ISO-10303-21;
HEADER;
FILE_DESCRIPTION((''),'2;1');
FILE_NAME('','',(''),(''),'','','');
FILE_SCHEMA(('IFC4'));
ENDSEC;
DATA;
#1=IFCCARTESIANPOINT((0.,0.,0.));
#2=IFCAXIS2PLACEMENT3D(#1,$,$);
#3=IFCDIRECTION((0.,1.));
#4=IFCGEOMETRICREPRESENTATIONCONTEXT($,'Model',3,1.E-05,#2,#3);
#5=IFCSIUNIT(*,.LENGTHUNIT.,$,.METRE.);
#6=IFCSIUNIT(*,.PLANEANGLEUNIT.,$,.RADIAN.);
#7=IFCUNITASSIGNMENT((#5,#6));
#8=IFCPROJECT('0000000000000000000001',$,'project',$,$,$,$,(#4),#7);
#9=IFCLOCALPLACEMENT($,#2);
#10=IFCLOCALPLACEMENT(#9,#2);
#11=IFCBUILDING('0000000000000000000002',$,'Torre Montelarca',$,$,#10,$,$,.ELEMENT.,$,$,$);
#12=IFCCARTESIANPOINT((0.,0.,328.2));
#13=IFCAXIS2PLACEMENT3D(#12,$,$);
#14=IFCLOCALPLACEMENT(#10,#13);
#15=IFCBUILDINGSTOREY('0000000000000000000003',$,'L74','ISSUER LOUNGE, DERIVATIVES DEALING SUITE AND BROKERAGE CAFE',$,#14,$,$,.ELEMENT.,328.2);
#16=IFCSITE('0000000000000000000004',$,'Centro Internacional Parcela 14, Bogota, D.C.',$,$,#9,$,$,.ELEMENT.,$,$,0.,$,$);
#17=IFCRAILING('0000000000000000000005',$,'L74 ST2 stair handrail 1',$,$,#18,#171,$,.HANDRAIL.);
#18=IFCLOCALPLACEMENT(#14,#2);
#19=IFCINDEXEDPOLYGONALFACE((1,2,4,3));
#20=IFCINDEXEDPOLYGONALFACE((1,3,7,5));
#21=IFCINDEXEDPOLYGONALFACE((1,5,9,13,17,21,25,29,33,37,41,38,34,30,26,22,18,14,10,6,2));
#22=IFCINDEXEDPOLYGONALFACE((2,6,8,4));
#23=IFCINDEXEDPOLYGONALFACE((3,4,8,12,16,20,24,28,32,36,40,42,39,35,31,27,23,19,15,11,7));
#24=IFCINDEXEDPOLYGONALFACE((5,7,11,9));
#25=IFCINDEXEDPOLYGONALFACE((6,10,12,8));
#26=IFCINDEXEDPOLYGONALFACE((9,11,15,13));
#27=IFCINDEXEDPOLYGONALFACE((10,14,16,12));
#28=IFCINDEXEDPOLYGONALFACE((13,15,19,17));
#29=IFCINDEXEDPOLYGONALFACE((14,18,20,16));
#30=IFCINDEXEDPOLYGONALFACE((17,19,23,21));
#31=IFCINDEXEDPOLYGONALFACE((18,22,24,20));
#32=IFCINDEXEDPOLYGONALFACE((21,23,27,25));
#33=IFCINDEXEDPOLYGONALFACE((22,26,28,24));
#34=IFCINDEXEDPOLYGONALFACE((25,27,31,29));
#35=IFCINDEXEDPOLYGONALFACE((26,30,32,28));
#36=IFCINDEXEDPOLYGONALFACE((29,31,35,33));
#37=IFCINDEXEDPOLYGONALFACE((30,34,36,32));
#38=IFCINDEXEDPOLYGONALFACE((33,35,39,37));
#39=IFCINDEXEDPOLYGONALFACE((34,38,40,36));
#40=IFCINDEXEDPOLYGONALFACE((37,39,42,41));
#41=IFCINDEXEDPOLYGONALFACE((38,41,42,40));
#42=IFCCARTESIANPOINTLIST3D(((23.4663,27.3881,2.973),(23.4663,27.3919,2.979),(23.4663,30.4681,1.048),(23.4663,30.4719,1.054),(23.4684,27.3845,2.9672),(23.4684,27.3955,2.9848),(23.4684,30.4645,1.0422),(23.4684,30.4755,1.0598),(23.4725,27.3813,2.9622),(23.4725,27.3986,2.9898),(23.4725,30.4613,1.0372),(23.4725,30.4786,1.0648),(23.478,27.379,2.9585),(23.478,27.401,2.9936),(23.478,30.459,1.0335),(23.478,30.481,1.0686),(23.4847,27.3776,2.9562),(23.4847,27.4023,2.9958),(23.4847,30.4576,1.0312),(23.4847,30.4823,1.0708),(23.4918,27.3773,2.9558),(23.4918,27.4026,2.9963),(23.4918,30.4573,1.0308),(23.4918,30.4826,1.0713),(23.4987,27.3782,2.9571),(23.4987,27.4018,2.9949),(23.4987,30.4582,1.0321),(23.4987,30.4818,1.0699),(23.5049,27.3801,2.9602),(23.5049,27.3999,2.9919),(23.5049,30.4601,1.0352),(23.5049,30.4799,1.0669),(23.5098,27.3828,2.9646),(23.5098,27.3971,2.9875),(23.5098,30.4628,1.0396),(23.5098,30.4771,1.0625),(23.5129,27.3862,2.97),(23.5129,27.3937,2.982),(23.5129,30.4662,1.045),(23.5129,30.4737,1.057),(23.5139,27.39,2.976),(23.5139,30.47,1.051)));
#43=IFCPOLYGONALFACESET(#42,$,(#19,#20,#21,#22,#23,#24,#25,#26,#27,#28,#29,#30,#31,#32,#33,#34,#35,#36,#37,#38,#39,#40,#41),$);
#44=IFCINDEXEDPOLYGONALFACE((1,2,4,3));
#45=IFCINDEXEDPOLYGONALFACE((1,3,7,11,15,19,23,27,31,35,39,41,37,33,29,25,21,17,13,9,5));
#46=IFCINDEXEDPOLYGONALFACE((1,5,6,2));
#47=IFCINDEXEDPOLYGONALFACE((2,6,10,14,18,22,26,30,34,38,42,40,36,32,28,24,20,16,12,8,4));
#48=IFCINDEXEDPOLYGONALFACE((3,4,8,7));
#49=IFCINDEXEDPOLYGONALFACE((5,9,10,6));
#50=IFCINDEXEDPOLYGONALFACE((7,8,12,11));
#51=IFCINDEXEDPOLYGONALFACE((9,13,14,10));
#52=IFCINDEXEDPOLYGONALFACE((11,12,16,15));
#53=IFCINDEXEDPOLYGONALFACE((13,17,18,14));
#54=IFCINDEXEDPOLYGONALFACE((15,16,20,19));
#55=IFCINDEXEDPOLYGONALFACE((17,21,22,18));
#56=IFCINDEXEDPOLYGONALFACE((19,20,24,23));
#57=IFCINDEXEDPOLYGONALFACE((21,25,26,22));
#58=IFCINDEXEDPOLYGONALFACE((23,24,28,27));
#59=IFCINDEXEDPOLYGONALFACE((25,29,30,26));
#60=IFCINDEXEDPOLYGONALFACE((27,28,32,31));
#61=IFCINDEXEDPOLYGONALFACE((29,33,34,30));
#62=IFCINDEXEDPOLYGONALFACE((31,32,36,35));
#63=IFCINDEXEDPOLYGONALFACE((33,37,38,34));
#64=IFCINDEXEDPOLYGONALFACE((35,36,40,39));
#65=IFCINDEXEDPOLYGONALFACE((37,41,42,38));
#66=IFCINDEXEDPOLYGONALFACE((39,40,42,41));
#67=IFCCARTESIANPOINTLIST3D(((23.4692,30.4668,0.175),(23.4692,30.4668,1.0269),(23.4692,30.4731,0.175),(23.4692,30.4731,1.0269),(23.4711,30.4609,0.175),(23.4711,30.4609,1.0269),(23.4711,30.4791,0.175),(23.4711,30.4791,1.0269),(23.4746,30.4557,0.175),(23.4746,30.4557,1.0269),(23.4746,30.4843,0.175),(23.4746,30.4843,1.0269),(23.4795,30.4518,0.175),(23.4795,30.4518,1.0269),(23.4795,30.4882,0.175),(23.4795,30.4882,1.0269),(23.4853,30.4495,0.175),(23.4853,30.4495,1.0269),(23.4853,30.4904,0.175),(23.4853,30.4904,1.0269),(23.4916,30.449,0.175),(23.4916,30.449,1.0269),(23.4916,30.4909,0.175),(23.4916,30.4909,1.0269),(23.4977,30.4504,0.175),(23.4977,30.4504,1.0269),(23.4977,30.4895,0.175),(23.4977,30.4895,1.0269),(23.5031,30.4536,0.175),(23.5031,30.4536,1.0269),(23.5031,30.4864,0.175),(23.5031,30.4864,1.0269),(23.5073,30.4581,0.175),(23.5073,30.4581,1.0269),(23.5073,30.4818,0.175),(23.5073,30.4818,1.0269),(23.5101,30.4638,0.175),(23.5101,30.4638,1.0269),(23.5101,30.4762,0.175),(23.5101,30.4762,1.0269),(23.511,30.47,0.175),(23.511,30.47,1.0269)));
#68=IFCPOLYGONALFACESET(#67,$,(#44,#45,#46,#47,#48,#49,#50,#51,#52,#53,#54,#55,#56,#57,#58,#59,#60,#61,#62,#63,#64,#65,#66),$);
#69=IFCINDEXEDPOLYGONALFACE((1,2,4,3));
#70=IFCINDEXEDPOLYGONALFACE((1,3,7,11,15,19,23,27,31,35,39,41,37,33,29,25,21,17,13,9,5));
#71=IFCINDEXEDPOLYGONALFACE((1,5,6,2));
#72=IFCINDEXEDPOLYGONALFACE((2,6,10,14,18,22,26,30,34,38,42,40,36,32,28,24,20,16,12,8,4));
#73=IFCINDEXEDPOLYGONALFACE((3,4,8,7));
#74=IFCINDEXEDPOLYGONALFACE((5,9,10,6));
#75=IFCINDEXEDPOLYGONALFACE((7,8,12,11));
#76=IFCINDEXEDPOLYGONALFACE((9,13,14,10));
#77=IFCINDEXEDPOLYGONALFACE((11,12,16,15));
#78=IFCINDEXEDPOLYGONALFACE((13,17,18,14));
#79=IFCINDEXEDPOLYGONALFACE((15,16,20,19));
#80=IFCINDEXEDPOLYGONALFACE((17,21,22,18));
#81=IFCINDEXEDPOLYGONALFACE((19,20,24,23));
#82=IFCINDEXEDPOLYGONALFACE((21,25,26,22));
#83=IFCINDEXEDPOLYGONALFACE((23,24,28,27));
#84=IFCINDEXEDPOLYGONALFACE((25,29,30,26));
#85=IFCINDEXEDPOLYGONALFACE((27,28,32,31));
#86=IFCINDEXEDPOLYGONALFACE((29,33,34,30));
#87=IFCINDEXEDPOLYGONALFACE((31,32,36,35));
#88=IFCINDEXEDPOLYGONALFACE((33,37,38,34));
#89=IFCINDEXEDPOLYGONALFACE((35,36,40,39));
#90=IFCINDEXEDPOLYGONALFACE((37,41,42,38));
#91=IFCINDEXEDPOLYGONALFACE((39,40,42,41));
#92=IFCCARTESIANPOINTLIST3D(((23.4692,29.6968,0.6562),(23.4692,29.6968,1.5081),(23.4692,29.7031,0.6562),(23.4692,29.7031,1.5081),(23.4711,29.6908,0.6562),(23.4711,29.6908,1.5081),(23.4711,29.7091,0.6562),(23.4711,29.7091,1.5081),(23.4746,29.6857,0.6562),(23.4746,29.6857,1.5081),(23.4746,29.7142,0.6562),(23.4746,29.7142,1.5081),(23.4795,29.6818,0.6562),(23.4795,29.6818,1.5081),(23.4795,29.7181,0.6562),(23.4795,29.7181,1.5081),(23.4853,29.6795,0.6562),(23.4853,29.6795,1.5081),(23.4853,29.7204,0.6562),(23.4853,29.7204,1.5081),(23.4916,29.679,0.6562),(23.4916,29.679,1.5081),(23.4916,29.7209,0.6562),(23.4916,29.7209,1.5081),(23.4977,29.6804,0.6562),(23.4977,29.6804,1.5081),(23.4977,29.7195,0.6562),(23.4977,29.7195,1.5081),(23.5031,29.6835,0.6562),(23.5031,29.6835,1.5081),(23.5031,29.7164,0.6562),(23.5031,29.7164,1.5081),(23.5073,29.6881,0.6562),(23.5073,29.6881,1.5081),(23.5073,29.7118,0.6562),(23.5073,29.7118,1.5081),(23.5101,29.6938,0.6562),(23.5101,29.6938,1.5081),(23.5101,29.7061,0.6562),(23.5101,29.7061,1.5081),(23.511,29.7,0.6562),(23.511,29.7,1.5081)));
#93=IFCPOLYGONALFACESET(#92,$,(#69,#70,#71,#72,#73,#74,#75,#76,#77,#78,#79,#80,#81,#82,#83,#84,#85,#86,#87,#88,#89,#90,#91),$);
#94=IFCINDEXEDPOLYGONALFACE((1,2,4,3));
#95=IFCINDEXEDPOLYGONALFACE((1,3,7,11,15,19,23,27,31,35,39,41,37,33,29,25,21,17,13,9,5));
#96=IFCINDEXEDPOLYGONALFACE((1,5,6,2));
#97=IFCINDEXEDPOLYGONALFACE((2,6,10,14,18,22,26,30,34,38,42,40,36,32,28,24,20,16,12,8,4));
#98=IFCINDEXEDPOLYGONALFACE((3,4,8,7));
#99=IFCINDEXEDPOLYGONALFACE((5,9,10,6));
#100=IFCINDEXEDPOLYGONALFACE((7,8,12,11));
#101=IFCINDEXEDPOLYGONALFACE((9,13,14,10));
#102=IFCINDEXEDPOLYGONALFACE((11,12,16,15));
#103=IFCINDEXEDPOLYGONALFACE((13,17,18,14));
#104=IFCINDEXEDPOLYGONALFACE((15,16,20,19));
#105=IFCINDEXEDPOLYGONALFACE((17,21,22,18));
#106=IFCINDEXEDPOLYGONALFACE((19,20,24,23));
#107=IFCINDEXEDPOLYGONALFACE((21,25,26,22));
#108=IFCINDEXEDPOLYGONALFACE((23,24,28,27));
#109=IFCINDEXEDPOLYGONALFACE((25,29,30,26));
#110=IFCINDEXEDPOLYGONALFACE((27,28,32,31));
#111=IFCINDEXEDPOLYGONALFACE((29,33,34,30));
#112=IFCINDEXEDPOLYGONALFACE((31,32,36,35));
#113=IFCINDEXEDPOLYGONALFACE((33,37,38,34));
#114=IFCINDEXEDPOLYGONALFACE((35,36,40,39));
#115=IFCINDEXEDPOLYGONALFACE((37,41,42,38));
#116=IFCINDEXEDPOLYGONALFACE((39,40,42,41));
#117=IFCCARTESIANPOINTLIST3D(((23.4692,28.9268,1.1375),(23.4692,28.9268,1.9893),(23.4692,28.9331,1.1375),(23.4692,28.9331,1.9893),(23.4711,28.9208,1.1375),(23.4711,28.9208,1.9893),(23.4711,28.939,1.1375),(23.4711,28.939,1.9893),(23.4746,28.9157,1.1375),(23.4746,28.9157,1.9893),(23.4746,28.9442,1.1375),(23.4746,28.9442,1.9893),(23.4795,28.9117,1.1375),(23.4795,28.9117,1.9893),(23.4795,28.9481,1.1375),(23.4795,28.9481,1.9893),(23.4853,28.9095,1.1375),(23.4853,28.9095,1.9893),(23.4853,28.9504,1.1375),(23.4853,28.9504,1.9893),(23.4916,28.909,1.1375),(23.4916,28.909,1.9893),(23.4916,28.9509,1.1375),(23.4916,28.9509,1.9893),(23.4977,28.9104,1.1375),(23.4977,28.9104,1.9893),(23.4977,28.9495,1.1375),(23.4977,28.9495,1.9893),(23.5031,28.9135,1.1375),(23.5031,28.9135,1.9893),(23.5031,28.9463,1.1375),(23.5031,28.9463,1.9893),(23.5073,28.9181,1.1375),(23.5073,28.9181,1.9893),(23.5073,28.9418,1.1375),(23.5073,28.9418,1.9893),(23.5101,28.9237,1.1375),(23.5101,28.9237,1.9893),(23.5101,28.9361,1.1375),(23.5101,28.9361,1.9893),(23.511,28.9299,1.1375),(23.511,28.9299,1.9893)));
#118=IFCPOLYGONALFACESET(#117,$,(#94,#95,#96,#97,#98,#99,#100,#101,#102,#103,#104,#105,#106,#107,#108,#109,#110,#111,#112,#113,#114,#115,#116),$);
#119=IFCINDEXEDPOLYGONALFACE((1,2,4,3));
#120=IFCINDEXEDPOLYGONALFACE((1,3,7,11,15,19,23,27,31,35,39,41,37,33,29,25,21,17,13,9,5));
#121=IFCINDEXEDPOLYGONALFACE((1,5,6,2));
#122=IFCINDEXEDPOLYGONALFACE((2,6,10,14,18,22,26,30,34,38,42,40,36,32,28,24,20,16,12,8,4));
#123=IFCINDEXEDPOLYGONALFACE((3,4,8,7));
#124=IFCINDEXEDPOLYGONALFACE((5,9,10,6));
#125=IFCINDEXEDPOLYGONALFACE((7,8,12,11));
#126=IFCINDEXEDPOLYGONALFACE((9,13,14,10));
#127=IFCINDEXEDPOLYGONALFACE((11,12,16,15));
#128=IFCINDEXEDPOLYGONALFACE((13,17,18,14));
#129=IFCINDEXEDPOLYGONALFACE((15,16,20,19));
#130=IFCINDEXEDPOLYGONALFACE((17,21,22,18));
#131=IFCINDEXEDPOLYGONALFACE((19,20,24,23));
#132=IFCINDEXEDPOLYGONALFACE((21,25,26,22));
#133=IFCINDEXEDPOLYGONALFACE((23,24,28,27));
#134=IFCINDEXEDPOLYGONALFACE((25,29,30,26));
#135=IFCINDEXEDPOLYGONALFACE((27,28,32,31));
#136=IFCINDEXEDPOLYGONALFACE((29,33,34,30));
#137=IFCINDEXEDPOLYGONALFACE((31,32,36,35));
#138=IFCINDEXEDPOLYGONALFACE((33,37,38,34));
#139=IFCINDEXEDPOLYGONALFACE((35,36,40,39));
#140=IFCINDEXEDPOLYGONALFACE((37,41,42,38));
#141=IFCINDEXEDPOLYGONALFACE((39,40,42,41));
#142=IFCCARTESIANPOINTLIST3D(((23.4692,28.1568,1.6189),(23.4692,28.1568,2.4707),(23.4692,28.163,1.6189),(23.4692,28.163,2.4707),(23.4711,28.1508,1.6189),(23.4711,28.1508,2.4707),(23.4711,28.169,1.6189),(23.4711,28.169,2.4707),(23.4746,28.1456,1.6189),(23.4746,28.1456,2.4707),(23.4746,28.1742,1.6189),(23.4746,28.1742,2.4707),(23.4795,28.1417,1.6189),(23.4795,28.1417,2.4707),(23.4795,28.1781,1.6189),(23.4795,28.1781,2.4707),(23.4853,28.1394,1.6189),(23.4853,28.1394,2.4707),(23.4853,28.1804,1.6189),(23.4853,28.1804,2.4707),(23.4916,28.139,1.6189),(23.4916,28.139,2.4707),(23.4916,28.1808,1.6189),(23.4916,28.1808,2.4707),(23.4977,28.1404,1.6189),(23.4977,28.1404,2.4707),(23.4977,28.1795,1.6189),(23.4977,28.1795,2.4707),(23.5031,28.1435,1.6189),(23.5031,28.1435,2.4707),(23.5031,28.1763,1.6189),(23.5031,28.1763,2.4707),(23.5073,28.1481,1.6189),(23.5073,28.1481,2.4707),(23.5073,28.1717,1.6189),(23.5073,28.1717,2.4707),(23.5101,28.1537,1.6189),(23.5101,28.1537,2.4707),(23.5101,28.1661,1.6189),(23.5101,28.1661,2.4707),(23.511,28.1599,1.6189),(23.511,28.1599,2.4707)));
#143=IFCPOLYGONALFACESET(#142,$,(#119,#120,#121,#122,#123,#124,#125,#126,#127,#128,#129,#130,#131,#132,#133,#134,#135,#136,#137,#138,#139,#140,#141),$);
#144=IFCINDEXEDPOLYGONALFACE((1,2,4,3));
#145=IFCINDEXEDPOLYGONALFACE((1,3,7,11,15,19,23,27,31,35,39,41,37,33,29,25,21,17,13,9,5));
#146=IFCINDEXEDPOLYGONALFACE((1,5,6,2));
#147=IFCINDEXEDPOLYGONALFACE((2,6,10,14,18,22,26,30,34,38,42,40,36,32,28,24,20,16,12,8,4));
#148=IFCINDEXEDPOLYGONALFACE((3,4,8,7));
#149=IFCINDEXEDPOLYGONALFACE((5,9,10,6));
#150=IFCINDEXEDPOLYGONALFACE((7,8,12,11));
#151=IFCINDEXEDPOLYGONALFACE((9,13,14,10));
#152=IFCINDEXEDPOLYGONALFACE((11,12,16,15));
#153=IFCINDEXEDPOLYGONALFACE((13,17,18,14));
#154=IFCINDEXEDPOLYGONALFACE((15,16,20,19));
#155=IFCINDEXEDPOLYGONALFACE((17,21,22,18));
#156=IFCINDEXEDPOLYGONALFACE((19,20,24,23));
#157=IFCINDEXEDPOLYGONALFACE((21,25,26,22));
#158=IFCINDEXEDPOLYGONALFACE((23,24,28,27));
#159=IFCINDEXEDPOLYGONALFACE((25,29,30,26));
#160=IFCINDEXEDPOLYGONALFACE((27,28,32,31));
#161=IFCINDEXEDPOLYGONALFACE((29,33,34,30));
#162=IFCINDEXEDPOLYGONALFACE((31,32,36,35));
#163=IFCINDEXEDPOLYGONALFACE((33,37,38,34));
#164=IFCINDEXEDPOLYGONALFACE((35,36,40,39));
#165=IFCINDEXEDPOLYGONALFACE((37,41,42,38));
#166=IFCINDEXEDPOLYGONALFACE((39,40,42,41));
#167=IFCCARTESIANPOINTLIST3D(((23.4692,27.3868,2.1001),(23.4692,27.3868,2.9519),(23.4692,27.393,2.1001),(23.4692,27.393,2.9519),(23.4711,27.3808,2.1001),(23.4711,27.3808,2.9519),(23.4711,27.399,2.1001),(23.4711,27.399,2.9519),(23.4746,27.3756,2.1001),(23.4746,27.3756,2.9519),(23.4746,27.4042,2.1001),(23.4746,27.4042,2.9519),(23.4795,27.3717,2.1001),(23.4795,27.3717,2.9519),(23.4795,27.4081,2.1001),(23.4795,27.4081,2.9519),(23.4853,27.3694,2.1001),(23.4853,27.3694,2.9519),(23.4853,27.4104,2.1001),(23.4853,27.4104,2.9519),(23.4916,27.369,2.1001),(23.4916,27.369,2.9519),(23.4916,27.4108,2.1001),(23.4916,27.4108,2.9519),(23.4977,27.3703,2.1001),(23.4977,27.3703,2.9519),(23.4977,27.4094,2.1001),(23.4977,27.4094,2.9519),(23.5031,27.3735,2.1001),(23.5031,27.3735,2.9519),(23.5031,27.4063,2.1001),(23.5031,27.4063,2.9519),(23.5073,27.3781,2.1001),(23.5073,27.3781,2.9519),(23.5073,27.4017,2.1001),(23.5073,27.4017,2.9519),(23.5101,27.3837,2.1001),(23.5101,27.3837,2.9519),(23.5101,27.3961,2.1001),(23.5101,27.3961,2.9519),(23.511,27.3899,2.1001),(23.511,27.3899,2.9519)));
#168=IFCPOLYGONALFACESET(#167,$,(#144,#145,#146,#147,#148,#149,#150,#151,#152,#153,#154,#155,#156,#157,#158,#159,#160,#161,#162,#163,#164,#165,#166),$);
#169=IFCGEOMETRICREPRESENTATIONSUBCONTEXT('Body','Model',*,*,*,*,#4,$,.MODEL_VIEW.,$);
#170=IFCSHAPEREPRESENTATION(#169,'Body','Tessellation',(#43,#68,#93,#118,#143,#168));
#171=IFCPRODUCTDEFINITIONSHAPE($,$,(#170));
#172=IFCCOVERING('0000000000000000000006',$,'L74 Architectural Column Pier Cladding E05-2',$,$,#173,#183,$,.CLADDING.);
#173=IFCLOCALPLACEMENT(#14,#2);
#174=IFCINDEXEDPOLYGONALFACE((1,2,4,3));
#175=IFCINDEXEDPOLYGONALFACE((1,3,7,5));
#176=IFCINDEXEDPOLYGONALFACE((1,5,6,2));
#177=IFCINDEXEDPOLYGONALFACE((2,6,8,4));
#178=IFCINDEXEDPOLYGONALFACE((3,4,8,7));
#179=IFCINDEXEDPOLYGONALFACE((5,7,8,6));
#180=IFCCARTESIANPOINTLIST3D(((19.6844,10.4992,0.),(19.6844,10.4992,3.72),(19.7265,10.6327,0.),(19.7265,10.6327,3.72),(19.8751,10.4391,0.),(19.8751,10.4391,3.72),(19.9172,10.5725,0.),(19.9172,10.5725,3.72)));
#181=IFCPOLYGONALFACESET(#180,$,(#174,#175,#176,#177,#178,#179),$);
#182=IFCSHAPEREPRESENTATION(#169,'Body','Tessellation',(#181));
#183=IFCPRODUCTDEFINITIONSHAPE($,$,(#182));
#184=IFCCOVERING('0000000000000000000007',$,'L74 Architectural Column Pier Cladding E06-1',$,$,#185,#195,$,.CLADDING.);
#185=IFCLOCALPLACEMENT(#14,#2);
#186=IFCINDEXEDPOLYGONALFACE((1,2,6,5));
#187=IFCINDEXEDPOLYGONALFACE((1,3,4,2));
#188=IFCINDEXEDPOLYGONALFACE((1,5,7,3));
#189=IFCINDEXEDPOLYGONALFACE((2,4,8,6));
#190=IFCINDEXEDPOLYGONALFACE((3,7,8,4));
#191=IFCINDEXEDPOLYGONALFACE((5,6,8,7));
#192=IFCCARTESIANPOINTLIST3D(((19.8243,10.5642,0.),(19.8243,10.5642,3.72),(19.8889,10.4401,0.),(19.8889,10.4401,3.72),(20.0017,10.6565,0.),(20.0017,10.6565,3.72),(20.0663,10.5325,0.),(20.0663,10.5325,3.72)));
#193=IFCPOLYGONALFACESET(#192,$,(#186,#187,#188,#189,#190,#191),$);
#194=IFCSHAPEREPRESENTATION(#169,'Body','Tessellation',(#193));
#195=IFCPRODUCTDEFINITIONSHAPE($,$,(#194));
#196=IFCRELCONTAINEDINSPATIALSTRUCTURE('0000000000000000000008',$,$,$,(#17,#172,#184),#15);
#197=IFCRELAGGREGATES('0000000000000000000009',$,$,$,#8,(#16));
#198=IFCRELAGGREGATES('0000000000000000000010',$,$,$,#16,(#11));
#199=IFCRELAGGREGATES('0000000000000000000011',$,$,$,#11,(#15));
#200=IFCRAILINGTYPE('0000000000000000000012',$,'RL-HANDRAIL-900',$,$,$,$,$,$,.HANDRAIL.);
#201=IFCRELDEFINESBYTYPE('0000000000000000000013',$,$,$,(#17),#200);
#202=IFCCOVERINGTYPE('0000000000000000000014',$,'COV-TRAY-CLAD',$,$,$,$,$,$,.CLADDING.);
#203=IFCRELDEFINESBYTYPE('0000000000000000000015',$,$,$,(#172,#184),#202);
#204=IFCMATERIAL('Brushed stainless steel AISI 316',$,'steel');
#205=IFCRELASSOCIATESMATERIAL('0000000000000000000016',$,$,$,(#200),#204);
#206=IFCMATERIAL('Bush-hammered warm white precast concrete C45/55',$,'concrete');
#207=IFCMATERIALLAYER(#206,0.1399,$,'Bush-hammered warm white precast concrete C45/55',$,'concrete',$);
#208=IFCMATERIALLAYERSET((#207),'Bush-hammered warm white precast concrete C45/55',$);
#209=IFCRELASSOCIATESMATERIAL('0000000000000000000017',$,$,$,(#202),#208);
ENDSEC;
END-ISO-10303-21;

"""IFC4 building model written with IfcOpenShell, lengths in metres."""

from ifc_helpers import new_model, si_unit, direction, frame, origin, origin_2d, place, context, subcontext, project, spatial, rectangle, circle, extrude, source, transform, mapped, material, layer, layer_set, type_object, element, save


model = new_model("IFC4")

# Units and contexts
model_context = context("Model", 3, precision=1e-05, world=origin(), true_north=direction((0.0, 1.0)))
body_context = subcontext(model_context, "Body", "Model", "MODEL_VIEW")
ifc_project = project(units=[si_unit("LENGTHUNIT", "METRE"), si_unit("PLANEANGLEUNIT", "RADIAN")], contexts=[model_context])

# Site, building, storey
site_placement = place(None, origin())
site = spatial("IfcSite", under=ifc_project, at=site_placement, Name="Centro Internacional Parcela 14, Bogota, D.C.", CompositionType="ELEMENT", RefElevation=0.0)
building_placement = place(site_placement, origin())
building = spatial("IfcBuilding", under=site, at=building_placement, Name="Torre Montelarca", CompositionType="ELEMENT")
storey_placement = place(building_placement, frame((0.0, 0.0, 328.2)))
storey = spatial("IfcBuildingStorey", under=building, at=storey_placement, Name="L74", Description="ISSUER LOUNGE, DERIVATIVES DEALING SUITE AND BROKERAGE CAFE", CompositionType="ELEMENT", Elevation=328.2)

# Railing
ifc_material_1 = material(Name="Brushed stainless steel AISI 316", Category="steel")
railing_type_1 = type_object("IfcRailingType", Name="RL-HANDRAIL-900", PredefinedType="HANDRAIL", material=ifc_material_1)
railing_1_placement = place(storey_placement, frame((23.49, 30.47, 0.175)))
element("IfcRailing", 1, at=railing_1_placement, inside=storey, type_object=railing_type_1, Name="L74 ST2 stair handrail 1", PredefinedType="HANDRAIL", context=body_context, shape_type="SweptSolid", body=[
    extrude(circle(Radius=0.0239, at=origin_2d()), frame((0.0, 0.0, 0.876), z_axis=(0.0, -0.847998, 0.529999), x_axis=(1.0, 0.0, 0.0)), (0.0, 0.0, 1.0), 3.6321),
    extrude(circle(Radius=0.021, at=origin_2d()), origin(), (0.0, 0.0, 1.0), 0.8518),
    extrude(circle(Radius=0.021, at=origin_2d()), frame((0.0, -0.77, 0.4812)), (0.0, 0.0, 1.0), 0.8518),
    extrude(circle(Radius=0.021, at=origin_2d()), frame((0.0, -1.54, 0.9624)), (0.0, 0.0, 1.0), 0.8518),
    extrude(circle(Radius=0.021, at=origin_2d()), frame((0.0, -2.3101, 1.4438)), (0.0, 0.0, 1.0), 0.8518),
    extrude(circle(Radius=0.021, at=origin_2d()), frame((0.0, -3.0801, 1.925)), (0.0, 0.0, 1.0), 0.8518),
])

# Coverings
ifc_material_2 = material(Name="Bush-hammered warm white precast concrete C45/55", Category="concrete")
ifc_layer_1 = layer(ifc_material_2, 0.1399, Name="Bush-hammered warm white precast concrete C45/55", Category="concrete")
ifc_layer_set_1 = layer_set([ifc_layer_1], Name="Bush-hammered warm white precast concrete C45/55")
covering_type = type_object("IfcCoveringType", Name="COV-TRAY-CLAD", PredefinedType="CLADDING", material=ifc_layer_set_1)
shared_shape_1 = source(origin(), body_context, "Body", "SweptSolid", [
    extrude(rectangle(XDim=0.2, YDim=0.1399, at=origin_2d()), origin(), (0.0, 0.0, 1.0), 3.72),
])
for number, where, z_axis, x_axis, name in (
    (2, (19.8008, 10.5359, 0.0), (0.0, 0.0, 1.0), (0.953719, -0.300701, 0.0), "L74 Architectural Column Pier Cladding E05-2"),
    (3, (19.9453, 10.5483, 0.0), (0.0, 0.0, 1.0), (0.887012, 0.461747, 0.0), "L74 Architectural Column Pier Cladding E06-1"),
):
    element("IfcCovering", number, at=place(storey_placement, frame(where, z_axis=z_axis, x_axis=x_axis)), inside=storey, type_object=covering_type, Name=name, PredefinedType="CLADDING", context=body_context, shape_type="MappedRepresentation", body=[
        mapped(shared_shape_1, transform((0.0, 0.0, 0.0), scale=1.0)),
    ])

save(model, "model.ifc")
